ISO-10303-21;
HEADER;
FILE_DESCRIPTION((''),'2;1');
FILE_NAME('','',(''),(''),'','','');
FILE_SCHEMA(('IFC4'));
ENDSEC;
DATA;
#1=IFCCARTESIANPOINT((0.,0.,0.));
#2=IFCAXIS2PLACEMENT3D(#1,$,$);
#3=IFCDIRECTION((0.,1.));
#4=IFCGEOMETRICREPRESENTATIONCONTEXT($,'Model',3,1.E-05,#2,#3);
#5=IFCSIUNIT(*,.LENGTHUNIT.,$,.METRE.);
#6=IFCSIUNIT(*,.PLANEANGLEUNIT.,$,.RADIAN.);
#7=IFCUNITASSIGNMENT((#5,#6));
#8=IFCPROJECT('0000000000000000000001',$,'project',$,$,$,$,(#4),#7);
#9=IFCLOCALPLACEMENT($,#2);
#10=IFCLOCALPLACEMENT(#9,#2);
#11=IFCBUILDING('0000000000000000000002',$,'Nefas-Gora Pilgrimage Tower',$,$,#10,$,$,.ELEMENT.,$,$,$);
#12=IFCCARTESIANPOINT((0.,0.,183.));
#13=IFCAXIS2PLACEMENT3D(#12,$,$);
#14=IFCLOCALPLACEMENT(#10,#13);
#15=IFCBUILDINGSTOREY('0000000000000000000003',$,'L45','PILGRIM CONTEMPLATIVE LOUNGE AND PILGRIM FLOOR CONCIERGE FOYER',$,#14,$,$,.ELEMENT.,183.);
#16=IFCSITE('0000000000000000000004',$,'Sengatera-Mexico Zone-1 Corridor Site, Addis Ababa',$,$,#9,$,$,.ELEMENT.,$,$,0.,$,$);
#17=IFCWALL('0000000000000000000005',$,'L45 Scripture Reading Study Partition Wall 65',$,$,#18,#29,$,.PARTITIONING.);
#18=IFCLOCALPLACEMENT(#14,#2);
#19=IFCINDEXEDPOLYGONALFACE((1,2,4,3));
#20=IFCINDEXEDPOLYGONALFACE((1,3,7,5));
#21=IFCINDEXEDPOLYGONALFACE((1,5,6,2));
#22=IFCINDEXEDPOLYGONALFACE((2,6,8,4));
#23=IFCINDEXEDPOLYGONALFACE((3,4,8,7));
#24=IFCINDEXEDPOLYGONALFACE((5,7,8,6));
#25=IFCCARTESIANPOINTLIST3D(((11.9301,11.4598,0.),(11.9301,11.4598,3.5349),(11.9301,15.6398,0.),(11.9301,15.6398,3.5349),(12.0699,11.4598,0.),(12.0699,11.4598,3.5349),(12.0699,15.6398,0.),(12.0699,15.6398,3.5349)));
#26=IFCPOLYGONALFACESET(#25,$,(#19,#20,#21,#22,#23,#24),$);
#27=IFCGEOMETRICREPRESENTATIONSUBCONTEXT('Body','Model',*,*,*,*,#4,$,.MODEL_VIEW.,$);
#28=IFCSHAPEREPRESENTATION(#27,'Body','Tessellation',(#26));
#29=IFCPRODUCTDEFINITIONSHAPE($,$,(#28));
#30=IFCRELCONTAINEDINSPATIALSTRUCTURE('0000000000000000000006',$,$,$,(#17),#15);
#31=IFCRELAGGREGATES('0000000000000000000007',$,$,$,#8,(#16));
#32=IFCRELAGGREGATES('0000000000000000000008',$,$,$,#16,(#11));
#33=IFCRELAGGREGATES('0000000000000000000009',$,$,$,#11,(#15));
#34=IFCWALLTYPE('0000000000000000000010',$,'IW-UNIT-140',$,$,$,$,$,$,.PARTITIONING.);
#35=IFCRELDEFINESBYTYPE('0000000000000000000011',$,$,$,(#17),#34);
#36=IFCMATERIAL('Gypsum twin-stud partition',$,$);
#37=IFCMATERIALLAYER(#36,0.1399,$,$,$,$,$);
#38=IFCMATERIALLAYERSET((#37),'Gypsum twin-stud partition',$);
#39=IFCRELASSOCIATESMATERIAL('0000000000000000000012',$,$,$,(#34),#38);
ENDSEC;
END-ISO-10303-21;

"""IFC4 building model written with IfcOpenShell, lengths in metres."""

from ifc_helpers import new_model, si_unit, direction, frame, frame_2d, origin, place, context, subcontext, project, spatial, rectangle, extrude, source, transform, mapped, material, layer, layer_set, type_object, element, save


model = new_model("IFC4")

# Units and contexts
model_context = context("Model", 3, precision=1e-05, world=origin(), true_north=direction((0.0, 1.0)))
body_context = subcontext(model_context, "Body", "Model", "MODEL_VIEW")
ifc_project = project(units=[si_unit("LENGTHUNIT", "METRE"), si_unit("PLANEANGLEUNIT", "RADIAN")], contexts=[model_context])

# Site, building, storey
site_placement = place(None, origin())
site = spatial("IfcSite", under=ifc_project, at=site_placement, Name="Sengatera-Mexico Zone-1 Corridor Site, Addis Ababa", CompositionType="ELEMENT", RefElevation=0.0)
building_placement = place(site_placement, origin())
building = spatial("IfcBuilding", under=site, at=building_placement, Name="Nefas-Gora Pilgrimage Tower", CompositionType="ELEMENT")
storey_placement = place(building_placement, frame((0.0, 0.0, 183.0)))
storey = spatial("IfcBuildingStorey", under=building, at=storey_placement, Name="L45", Description="PILGRIM CONTEMPLATIVE LOUNGE AND PILGRIM FLOOR CONCIERGE FOYER", CompositionType="ELEMENT", Elevation=183.0)

# Wall
ifc_material_1 = material(Name="Gypsum twin-stud partition")
ifc_layer_1 = layer(ifc_material_1, 0.1399)
ifc_layer_set_1 = layer_set([ifc_layer_1], Name="Gypsum twin-stud partition")
wall_type_1 = type_object("IfcWallType", Name="IW-UNIT-140", PredefinedType="PARTITIONING", material=ifc_layer_set_1)
shared_shape_1 = source(origin(), body_context, "Body", "SweptSolid", [
    extrude(rectangle(XDim=4.1799, YDim=0.1399, at=frame_2d((2.0898, 0.0))), origin(), (0.0, 0.0, 1.0), 3.5349),
])
wall_1_placement = place(storey_placement, frame((12.0, 11.46, 0.0), z_axis=(0.0, 0.0, 1.0), x_axis=(0.0, 1.0, 0.0)))
element("IfcWall", 1, at=wall_1_placement, inside=storey, type_object=wall_type_1, Name="L45 Scripture Reading Study Partition Wall 65", PredefinedType="PARTITIONING", context=body_context, shape_type="MappedRepresentation", body=[
    mapped(shared_shape_1, transform((0.0, 0.0, 0.0), x_axis=(1.0, 0.0, 0.0), y_axis=(0.0, 1.0, 0.0), z_axis=(0.0, 0.0, 1.0), scale=1.0)),
])

save(model, "model.ifc")
